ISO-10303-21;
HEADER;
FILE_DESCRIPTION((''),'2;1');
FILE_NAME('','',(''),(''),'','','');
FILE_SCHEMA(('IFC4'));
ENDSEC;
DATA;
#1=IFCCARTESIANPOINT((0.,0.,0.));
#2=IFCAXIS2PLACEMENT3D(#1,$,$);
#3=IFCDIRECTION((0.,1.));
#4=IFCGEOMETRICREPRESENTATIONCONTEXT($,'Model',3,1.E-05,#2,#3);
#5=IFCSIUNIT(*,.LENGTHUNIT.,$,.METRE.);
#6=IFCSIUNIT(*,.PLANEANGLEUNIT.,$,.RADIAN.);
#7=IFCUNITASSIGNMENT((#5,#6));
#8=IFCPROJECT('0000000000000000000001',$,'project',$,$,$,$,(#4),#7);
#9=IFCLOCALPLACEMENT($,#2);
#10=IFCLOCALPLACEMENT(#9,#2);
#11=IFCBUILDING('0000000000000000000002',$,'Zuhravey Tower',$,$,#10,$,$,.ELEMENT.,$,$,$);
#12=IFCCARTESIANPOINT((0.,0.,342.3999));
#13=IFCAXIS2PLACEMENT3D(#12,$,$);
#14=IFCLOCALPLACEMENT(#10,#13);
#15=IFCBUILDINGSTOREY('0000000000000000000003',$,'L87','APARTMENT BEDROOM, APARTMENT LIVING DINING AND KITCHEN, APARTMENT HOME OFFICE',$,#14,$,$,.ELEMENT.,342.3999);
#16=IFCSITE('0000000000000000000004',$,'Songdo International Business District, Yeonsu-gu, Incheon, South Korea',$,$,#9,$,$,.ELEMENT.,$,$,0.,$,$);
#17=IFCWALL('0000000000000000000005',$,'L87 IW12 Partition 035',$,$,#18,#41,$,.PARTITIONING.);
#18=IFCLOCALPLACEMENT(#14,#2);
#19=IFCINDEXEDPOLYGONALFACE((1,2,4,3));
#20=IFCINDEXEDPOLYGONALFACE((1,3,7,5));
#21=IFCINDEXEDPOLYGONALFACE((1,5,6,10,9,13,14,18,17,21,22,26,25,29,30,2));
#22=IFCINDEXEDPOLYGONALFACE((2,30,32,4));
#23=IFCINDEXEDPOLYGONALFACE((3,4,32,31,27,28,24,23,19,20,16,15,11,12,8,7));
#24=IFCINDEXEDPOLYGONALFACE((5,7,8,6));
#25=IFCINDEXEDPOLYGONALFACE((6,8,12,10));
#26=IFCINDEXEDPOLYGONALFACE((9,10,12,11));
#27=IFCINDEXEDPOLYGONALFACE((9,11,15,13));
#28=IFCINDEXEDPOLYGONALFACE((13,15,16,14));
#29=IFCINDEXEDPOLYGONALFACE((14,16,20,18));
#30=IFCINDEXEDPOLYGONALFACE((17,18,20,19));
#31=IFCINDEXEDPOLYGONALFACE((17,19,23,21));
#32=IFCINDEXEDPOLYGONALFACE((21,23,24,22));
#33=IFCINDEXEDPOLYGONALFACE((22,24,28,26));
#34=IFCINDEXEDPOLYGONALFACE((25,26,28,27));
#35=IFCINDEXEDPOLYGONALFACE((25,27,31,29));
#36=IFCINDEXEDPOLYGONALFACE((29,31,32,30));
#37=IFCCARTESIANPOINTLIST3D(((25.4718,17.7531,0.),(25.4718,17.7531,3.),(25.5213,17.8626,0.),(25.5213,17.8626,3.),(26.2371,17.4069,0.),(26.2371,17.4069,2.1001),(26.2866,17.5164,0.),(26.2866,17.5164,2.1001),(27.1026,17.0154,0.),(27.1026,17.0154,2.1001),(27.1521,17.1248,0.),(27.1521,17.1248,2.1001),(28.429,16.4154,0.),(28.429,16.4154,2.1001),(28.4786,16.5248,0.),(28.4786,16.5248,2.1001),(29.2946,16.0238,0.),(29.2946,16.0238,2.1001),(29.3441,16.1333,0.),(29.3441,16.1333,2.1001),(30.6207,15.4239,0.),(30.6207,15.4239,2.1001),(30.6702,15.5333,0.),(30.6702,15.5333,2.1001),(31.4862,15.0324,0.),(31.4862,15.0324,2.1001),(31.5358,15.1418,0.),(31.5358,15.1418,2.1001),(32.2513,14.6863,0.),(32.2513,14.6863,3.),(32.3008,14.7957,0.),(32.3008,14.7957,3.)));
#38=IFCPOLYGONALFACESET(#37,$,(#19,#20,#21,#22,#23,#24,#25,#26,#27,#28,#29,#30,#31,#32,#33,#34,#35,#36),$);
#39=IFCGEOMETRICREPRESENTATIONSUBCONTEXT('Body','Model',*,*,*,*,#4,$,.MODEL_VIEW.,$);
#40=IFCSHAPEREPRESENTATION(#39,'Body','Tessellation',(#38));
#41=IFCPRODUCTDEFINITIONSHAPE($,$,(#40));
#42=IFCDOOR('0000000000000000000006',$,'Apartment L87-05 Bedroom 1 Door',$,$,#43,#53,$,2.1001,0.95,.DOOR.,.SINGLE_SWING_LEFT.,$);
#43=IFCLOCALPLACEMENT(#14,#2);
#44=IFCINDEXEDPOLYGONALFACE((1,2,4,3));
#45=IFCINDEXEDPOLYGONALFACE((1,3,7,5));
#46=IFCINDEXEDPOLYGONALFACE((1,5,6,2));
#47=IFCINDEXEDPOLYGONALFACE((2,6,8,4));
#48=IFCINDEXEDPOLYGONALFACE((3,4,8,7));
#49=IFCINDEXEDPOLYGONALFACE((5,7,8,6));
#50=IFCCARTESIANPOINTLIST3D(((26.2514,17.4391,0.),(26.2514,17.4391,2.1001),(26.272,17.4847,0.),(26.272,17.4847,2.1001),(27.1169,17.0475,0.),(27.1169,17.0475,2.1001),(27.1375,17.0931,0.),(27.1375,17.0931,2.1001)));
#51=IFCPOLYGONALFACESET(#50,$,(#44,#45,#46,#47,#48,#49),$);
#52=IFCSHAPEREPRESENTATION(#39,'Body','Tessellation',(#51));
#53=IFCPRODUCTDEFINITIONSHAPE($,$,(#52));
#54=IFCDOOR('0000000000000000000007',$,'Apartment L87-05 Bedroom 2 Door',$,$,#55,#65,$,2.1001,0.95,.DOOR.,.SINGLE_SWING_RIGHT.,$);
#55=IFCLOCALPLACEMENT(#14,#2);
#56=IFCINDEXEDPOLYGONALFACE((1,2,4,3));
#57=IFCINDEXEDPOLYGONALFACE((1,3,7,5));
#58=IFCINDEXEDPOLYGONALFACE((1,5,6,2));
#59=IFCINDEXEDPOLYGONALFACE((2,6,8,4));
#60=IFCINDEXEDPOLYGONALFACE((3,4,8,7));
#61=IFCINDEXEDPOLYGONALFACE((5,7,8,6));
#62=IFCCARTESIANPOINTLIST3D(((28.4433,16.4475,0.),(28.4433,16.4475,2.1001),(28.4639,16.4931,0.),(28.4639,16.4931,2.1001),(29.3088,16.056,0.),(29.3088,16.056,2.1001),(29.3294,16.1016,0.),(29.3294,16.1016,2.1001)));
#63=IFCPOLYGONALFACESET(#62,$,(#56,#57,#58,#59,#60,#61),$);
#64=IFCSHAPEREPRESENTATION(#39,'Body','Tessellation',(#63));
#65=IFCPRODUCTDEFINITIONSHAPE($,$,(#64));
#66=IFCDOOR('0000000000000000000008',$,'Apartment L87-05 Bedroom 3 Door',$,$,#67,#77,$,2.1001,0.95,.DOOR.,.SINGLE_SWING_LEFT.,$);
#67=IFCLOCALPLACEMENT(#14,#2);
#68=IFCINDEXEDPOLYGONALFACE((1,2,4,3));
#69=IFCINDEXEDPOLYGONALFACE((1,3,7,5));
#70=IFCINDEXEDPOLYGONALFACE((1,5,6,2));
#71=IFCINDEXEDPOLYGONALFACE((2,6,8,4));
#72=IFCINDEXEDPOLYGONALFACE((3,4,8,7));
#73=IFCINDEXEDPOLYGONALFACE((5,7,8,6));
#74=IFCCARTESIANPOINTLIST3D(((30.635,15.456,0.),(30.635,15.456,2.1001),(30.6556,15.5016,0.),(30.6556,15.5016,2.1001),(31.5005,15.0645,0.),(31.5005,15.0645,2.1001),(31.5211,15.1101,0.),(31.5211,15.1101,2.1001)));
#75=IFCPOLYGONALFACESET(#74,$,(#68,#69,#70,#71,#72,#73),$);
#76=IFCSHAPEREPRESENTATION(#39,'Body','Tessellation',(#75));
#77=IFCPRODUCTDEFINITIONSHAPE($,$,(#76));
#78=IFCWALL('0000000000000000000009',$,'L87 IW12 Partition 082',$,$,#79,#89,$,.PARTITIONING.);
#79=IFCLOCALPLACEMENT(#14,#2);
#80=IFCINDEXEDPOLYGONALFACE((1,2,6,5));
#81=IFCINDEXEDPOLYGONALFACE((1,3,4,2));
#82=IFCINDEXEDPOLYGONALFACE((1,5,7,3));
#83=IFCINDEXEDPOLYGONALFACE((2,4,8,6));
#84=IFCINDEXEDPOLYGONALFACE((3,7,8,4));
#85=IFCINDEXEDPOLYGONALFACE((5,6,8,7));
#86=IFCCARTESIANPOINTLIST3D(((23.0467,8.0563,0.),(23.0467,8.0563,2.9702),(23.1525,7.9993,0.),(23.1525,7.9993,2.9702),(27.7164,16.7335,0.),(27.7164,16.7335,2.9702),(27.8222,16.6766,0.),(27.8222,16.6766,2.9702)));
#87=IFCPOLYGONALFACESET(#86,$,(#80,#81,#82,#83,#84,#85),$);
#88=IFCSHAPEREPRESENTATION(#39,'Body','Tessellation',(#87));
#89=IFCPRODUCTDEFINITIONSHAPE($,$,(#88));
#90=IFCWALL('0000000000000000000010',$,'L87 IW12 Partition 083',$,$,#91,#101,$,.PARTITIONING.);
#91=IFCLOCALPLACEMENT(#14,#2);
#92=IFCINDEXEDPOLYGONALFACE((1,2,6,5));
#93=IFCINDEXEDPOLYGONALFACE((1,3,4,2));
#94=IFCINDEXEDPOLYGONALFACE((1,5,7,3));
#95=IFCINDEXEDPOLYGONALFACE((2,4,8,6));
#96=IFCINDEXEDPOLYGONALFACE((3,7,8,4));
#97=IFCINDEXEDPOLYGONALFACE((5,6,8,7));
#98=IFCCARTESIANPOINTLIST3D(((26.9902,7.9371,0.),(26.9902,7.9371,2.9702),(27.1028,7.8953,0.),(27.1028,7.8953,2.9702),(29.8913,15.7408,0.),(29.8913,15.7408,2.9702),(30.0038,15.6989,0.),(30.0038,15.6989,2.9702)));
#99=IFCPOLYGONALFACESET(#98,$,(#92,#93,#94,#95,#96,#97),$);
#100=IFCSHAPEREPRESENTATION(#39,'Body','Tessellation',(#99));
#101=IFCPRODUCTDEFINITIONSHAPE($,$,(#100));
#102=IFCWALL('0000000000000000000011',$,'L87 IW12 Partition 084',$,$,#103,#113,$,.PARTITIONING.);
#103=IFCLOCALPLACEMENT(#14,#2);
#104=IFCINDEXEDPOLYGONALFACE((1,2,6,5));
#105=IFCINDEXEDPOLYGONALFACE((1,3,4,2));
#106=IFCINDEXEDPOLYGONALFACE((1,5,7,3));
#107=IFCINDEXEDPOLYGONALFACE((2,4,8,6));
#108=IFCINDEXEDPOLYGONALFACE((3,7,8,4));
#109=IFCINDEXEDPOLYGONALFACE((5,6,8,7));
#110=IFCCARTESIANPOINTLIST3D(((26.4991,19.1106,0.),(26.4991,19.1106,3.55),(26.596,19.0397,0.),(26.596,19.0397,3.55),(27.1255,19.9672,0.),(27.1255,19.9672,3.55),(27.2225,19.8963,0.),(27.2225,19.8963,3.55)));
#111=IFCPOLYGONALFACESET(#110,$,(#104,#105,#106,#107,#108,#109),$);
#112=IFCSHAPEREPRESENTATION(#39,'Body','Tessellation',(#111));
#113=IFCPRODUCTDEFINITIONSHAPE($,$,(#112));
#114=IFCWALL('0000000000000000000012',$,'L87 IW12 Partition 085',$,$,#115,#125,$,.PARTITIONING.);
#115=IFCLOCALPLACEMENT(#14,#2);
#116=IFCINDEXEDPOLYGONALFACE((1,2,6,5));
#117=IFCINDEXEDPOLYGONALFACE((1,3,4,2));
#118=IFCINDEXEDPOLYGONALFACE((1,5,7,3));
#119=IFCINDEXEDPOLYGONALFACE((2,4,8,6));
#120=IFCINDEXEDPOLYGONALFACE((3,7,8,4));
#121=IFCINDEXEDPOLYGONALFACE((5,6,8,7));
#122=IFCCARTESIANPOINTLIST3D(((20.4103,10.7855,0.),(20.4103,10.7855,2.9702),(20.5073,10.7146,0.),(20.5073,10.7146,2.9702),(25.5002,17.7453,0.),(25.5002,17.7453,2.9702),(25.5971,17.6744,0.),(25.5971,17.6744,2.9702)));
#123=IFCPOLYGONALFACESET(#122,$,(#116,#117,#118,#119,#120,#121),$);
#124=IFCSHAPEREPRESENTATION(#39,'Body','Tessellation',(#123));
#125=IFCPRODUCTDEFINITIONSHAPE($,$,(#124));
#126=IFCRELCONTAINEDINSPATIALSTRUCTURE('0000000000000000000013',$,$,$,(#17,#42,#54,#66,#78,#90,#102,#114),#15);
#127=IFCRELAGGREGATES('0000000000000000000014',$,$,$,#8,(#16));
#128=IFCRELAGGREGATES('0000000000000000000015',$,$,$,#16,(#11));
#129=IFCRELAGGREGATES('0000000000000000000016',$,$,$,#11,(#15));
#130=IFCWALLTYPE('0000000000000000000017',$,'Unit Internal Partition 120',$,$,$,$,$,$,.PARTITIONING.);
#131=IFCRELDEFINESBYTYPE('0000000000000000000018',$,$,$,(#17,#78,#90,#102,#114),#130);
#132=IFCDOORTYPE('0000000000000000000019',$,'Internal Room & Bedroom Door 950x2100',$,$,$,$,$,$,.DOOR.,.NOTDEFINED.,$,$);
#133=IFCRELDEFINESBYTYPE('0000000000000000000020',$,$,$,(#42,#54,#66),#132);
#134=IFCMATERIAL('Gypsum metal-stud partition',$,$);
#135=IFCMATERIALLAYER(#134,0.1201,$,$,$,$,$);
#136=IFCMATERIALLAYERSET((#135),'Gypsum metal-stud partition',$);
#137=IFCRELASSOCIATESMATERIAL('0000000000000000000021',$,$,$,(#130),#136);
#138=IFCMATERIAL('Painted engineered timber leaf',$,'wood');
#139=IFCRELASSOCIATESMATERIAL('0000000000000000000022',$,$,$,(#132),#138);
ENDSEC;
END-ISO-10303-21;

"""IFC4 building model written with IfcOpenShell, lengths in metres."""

from ifc_helpers import new_model, si_unit, direction, frame, frame_2d, origin, place, context, subcontext, project, spatial, rectangle, extrude, material, layer, layer_set, type_object, element, fill, save


model = new_model("IFC4")

# Units and contexts
model_context = context("Model", 3, precision=1e-05, world=origin(), true_north=direction((0.0, 1.0)))
body_context = subcontext(model_context, "Body", "Model", "MODEL_VIEW")
ifc_project = project(units=[si_unit("LENGTHUNIT", "METRE"), si_unit("PLANEANGLEUNIT", "RADIAN")], contexts=[model_context])

# Site, building, storey
site_placement = place(None, origin())
site = spatial("IfcSite", under=ifc_project, at=site_placement, Name="Songdo International Business District, Yeonsu-gu, Incheon, South Korea", CompositionType="ELEMENT", RefElevation=0.0)
building_placement = place(site_placement, origin())
building = spatial("IfcBuilding", under=site, at=building_placement, Name="Zuhravey Tower", CompositionType="ELEMENT")
storey_placement = place(building_placement, frame((0.0, 0.0, 342.3999)))
storey = spatial("IfcBuildingStorey", under=building, at=storey_placement, Name="L87", Description="APARTMENT BEDROOM, APARTMENT LIVING DINING AND KITCHEN, APARTMENT HOME OFFICE", CompositionType="ELEMENT", Elevation=342.3999)

# Wall, openings, doors
ifc_material_1 = material(Name="Gypsum metal-stud partition")
ifc_layer_1 = layer(ifc_material_1, 0.1201)
ifc_layer_set_1 = layer_set([ifc_layer_1], Name="Gypsum metal-stud partition")
wall_type_1 = type_object("IfcWallType", Name="Unit Internal Partition 120", PredefinedType="PARTITIONING", material=ifc_layer_set_1)
ifc_material_2 = material(Name="Painted engineered timber leaf", Category="wood")
door_type_1 = type_object("IfcDoorType", Name="Internal Room & Bedroom Door 950x2100", OperationType="NOTDEFINED", PredefinedType="DOOR", material=ifc_material_2)
wall_1_placement = place(storey_placement, frame((25.4966, 17.8079, 0.0), z_axis=(0.0, 0.0, 1.0), x_axis=(0.91111, -0.412163, 0.0)))
wall_1 = element("IfcWall", 1, at=wall_1_placement, inside=storey, type_object=wall_type_1, Name="L87 IW12 Partition 035", PredefinedType="PARTITIONING", context=body_context, shape_type="SweptSolid", body=[
    extrude(rectangle(XDim=7.4409, YDim=0.1201, at=frame_2d((3.7205, 0.0))), origin(), (0.0, 0.0, 1.0), 3.0),
])
opening_1_placement = place(wall_1_placement, frame((0.8398, 0.0, 0.0)))
opening_1 = element("IfcOpeningElement", 2, at=opening_1_placement, cuts=wall_1, PredefinedType="OPENING", context=body_context, shape_type="SweptSolid", body=[
    extrude(rectangle(XDim=0.95, YDim=2.1001, at=frame_2d((0.4751, 1.05))), frame((0.0, 0.072, 0.0), z_axis=(0.0, -1.0, 0.0), x_axis=(1.0, 0.0, 0.0)), (0.0, 0.0, 1.0), 0.144),
])
opening_2_placement = place(wall_1_placement, frame((3.2456, 0.0, 0.0)))
opening_2 = element("IfcOpeningElement", 3, at=opening_2_placement, cuts=wall_1, PredefinedType="OPENING", context=body_context, shape_type="SweptSolid", body=[
    extrude(rectangle(XDim=0.95, YDim=2.1001, at=frame_2d((0.4751, 1.05))), frame((0.0, 0.072, 0.0), z_axis=(0.0, -1.0, 0.0), x_axis=(1.0, 0.0, 0.0)), (0.0, 0.0, 1.0), 0.144),
])
opening_3_placement = place(wall_1_placement, frame((5.6511, 0.0, 0.0)))
opening_3 = element("IfcOpeningElement", 4, at=opening_3_placement, cuts=wall_1, PredefinedType="OPENING", context=body_context, shape_type="SweptSolid", body=[
    extrude(rectangle(XDim=0.95, YDim=2.1001, at=frame_2d((0.4751, 1.05))), frame((0.0, 0.072, 0.0), z_axis=(0.0, -1.0, 0.0), x_axis=(1.0, 0.0, 0.0)), (0.0, 0.0, 1.0), 0.144),
])
door_1_placement = place(opening_1_placement, frame((0.95, 0.0, 0.0), z_axis=(0.0, 0.0, 1.0), x_axis=(-1.0, 0.0, 0.0)))
door_1 = element("IfcDoor", 5, at=door_1_placement, inside=storey, type_object=door_type_1, Name="Apartment L87-05 Bedroom 1 Door", OperationType="SINGLE_SWING_LEFT", OverallHeight=2.1001, OverallWidth=0.95, PredefinedType="DOOR", context=body_context, shape_type="SweptSolid", body=[
    extrude(rectangle(XDim=0.95, YDim=2.1001, at=frame_2d((0.4751, 1.05))), frame((0.0, 0.0249, 0.0), z_axis=(0.0, -1.0, 0.0), x_axis=(1.0, 0.0, 0.0)), (0.0, 0.0, 1.0), 0.05),
])
fill(opening_1, door_1)
door_2_placement = place(opening_2_placement, frame((0.95, 0.0, 0.0), z_axis=(0.0, 0.0, 1.0), x_axis=(-1.0, 0.0, 0.0)))
door_2 = element("IfcDoor", 6, at=door_2_placement, inside=storey, type_object=door_type_1, Name="Apartment L87-05 Bedroom 2 Door", OperationType="SINGLE_SWING_RIGHT", OverallHeight=2.1001, OverallWidth=0.95, PredefinedType="DOOR", context=body_context, shape_type="SweptSolid", body=[
    extrude(rectangle(XDim=0.95, YDim=2.1001, at=frame_2d((0.4751, 1.05))), frame((0.0, 0.0249, 0.0), z_axis=(0.0, -1.0, 0.0), x_axis=(1.0, 0.0, 0.0)), (0.0, 0.0, 1.0), 0.05),
])
fill(opening_2, door_2)
door_3_placement = place(opening_3_placement, frame((0.95, 0.0, 0.0), z_axis=(0.0, 0.0, 1.0), x_axis=(-1.0, 0.0, 0.0)))
door_3 = element("IfcDoor", 7, at=door_3_placement, inside=storey, type_object=door_type_1, Name="Apartment L87-05 Bedroom 3 Door", OperationType="SINGLE_SWING_LEFT", OverallHeight=2.1001, OverallWidth=0.95, PredefinedType="DOOR", context=body_context, shape_type="SweptSolid", body=[
    extrude(rectangle(XDim=0.95, YDim=2.1001, at=frame_2d((0.4751, 1.05))), frame((0.0, 0.0249, 0.0), z_axis=(0.0, -1.0, 0.0), x_axis=(1.0, 0.0, 0.0)), (0.0, 0.0, 1.0), 0.05),
])
fill(opening_3, door_3)

# Walls
wall_2_placement = place(storey_placement, frame((27.7693, 16.7051, 0.0), z_axis=(0.0, 0.0, 1.0), x_axis=(-0.473889, -0.880585, 0.0)))
element("IfcWall", 8, at=wall_2_placement, inside=storey, type_object=wall_type_1, Name="L87 IW12 Partition 082", PredefinedType="PARTITIONING", context=body_context, shape_type="SweptSolid", body=[
    extrude(rectangle(XDim=9.854, YDim=0.1201, at=frame_2d((4.927, 0.0))), origin(), (0.0, 0.0, 1.0), 2.9702),
])
wall_3_placement = place(storey_placement, frame((29.9475, 15.7197, 0.0), z_axis=(0.0, 0.0, 1.0), x_axis=(-0.348461, -0.937323, 0.0)))
element("IfcWall", 9, at=wall_3_placement, inside=storey, type_object=wall_type_1, Name="L87 IW12 Partition 083", PredefinedType="PARTITIONING", context=body_context, shape_type="SweptSolid", body=[
    extrude(rectangle(XDim=8.3254, YDim=0.1201, at=frame_2d((4.1626, 0.0))), origin(), (0.0, 0.0, 1.0), 2.9702),
])
wall_4_placement = place(storey_placement, frame((27.1741, 19.9319, 0.0), z_axis=(0.0, 0.0, 1.0), x_axis=(-0.590276, -0.807201, 0.0)))
element("IfcWall", 10, at=wall_4_placement, inside=storey, type_object=wall_type_1, Name="L87 IW12 Partition 084", PredefinedType="PARTITIONING", context=body_context, shape_type="SweptSolid", body=[
    extrude(rectangle(XDim=1.0613, YDim=0.1201, at=frame_2d((0.5308, 0.0))), origin(), (0.0, 0.0, 1.0), 3.55),
])
wall_5_placement = place(storey_placement, frame((25.5486, 17.7097, 0.0), z_axis=(0.0, 0.0, 1.0), x_axis=(-0.590311, -0.807176, 0.0)))
element("IfcWall", 11, at=wall_5_placement, inside=storey, type_object=wall_type_1, Name="L87 IW12 Partition 085", PredefinedType="PARTITIONING", context=body_context, shape_type="SweptSolid", body=[
    extrude(rectangle(XDim=8.6223, YDim=0.1201, at=frame_2d((4.311, 0.0))), origin(), (0.0, 0.0, 1.0), 2.9702),
])

save(model, "model.ifc")
